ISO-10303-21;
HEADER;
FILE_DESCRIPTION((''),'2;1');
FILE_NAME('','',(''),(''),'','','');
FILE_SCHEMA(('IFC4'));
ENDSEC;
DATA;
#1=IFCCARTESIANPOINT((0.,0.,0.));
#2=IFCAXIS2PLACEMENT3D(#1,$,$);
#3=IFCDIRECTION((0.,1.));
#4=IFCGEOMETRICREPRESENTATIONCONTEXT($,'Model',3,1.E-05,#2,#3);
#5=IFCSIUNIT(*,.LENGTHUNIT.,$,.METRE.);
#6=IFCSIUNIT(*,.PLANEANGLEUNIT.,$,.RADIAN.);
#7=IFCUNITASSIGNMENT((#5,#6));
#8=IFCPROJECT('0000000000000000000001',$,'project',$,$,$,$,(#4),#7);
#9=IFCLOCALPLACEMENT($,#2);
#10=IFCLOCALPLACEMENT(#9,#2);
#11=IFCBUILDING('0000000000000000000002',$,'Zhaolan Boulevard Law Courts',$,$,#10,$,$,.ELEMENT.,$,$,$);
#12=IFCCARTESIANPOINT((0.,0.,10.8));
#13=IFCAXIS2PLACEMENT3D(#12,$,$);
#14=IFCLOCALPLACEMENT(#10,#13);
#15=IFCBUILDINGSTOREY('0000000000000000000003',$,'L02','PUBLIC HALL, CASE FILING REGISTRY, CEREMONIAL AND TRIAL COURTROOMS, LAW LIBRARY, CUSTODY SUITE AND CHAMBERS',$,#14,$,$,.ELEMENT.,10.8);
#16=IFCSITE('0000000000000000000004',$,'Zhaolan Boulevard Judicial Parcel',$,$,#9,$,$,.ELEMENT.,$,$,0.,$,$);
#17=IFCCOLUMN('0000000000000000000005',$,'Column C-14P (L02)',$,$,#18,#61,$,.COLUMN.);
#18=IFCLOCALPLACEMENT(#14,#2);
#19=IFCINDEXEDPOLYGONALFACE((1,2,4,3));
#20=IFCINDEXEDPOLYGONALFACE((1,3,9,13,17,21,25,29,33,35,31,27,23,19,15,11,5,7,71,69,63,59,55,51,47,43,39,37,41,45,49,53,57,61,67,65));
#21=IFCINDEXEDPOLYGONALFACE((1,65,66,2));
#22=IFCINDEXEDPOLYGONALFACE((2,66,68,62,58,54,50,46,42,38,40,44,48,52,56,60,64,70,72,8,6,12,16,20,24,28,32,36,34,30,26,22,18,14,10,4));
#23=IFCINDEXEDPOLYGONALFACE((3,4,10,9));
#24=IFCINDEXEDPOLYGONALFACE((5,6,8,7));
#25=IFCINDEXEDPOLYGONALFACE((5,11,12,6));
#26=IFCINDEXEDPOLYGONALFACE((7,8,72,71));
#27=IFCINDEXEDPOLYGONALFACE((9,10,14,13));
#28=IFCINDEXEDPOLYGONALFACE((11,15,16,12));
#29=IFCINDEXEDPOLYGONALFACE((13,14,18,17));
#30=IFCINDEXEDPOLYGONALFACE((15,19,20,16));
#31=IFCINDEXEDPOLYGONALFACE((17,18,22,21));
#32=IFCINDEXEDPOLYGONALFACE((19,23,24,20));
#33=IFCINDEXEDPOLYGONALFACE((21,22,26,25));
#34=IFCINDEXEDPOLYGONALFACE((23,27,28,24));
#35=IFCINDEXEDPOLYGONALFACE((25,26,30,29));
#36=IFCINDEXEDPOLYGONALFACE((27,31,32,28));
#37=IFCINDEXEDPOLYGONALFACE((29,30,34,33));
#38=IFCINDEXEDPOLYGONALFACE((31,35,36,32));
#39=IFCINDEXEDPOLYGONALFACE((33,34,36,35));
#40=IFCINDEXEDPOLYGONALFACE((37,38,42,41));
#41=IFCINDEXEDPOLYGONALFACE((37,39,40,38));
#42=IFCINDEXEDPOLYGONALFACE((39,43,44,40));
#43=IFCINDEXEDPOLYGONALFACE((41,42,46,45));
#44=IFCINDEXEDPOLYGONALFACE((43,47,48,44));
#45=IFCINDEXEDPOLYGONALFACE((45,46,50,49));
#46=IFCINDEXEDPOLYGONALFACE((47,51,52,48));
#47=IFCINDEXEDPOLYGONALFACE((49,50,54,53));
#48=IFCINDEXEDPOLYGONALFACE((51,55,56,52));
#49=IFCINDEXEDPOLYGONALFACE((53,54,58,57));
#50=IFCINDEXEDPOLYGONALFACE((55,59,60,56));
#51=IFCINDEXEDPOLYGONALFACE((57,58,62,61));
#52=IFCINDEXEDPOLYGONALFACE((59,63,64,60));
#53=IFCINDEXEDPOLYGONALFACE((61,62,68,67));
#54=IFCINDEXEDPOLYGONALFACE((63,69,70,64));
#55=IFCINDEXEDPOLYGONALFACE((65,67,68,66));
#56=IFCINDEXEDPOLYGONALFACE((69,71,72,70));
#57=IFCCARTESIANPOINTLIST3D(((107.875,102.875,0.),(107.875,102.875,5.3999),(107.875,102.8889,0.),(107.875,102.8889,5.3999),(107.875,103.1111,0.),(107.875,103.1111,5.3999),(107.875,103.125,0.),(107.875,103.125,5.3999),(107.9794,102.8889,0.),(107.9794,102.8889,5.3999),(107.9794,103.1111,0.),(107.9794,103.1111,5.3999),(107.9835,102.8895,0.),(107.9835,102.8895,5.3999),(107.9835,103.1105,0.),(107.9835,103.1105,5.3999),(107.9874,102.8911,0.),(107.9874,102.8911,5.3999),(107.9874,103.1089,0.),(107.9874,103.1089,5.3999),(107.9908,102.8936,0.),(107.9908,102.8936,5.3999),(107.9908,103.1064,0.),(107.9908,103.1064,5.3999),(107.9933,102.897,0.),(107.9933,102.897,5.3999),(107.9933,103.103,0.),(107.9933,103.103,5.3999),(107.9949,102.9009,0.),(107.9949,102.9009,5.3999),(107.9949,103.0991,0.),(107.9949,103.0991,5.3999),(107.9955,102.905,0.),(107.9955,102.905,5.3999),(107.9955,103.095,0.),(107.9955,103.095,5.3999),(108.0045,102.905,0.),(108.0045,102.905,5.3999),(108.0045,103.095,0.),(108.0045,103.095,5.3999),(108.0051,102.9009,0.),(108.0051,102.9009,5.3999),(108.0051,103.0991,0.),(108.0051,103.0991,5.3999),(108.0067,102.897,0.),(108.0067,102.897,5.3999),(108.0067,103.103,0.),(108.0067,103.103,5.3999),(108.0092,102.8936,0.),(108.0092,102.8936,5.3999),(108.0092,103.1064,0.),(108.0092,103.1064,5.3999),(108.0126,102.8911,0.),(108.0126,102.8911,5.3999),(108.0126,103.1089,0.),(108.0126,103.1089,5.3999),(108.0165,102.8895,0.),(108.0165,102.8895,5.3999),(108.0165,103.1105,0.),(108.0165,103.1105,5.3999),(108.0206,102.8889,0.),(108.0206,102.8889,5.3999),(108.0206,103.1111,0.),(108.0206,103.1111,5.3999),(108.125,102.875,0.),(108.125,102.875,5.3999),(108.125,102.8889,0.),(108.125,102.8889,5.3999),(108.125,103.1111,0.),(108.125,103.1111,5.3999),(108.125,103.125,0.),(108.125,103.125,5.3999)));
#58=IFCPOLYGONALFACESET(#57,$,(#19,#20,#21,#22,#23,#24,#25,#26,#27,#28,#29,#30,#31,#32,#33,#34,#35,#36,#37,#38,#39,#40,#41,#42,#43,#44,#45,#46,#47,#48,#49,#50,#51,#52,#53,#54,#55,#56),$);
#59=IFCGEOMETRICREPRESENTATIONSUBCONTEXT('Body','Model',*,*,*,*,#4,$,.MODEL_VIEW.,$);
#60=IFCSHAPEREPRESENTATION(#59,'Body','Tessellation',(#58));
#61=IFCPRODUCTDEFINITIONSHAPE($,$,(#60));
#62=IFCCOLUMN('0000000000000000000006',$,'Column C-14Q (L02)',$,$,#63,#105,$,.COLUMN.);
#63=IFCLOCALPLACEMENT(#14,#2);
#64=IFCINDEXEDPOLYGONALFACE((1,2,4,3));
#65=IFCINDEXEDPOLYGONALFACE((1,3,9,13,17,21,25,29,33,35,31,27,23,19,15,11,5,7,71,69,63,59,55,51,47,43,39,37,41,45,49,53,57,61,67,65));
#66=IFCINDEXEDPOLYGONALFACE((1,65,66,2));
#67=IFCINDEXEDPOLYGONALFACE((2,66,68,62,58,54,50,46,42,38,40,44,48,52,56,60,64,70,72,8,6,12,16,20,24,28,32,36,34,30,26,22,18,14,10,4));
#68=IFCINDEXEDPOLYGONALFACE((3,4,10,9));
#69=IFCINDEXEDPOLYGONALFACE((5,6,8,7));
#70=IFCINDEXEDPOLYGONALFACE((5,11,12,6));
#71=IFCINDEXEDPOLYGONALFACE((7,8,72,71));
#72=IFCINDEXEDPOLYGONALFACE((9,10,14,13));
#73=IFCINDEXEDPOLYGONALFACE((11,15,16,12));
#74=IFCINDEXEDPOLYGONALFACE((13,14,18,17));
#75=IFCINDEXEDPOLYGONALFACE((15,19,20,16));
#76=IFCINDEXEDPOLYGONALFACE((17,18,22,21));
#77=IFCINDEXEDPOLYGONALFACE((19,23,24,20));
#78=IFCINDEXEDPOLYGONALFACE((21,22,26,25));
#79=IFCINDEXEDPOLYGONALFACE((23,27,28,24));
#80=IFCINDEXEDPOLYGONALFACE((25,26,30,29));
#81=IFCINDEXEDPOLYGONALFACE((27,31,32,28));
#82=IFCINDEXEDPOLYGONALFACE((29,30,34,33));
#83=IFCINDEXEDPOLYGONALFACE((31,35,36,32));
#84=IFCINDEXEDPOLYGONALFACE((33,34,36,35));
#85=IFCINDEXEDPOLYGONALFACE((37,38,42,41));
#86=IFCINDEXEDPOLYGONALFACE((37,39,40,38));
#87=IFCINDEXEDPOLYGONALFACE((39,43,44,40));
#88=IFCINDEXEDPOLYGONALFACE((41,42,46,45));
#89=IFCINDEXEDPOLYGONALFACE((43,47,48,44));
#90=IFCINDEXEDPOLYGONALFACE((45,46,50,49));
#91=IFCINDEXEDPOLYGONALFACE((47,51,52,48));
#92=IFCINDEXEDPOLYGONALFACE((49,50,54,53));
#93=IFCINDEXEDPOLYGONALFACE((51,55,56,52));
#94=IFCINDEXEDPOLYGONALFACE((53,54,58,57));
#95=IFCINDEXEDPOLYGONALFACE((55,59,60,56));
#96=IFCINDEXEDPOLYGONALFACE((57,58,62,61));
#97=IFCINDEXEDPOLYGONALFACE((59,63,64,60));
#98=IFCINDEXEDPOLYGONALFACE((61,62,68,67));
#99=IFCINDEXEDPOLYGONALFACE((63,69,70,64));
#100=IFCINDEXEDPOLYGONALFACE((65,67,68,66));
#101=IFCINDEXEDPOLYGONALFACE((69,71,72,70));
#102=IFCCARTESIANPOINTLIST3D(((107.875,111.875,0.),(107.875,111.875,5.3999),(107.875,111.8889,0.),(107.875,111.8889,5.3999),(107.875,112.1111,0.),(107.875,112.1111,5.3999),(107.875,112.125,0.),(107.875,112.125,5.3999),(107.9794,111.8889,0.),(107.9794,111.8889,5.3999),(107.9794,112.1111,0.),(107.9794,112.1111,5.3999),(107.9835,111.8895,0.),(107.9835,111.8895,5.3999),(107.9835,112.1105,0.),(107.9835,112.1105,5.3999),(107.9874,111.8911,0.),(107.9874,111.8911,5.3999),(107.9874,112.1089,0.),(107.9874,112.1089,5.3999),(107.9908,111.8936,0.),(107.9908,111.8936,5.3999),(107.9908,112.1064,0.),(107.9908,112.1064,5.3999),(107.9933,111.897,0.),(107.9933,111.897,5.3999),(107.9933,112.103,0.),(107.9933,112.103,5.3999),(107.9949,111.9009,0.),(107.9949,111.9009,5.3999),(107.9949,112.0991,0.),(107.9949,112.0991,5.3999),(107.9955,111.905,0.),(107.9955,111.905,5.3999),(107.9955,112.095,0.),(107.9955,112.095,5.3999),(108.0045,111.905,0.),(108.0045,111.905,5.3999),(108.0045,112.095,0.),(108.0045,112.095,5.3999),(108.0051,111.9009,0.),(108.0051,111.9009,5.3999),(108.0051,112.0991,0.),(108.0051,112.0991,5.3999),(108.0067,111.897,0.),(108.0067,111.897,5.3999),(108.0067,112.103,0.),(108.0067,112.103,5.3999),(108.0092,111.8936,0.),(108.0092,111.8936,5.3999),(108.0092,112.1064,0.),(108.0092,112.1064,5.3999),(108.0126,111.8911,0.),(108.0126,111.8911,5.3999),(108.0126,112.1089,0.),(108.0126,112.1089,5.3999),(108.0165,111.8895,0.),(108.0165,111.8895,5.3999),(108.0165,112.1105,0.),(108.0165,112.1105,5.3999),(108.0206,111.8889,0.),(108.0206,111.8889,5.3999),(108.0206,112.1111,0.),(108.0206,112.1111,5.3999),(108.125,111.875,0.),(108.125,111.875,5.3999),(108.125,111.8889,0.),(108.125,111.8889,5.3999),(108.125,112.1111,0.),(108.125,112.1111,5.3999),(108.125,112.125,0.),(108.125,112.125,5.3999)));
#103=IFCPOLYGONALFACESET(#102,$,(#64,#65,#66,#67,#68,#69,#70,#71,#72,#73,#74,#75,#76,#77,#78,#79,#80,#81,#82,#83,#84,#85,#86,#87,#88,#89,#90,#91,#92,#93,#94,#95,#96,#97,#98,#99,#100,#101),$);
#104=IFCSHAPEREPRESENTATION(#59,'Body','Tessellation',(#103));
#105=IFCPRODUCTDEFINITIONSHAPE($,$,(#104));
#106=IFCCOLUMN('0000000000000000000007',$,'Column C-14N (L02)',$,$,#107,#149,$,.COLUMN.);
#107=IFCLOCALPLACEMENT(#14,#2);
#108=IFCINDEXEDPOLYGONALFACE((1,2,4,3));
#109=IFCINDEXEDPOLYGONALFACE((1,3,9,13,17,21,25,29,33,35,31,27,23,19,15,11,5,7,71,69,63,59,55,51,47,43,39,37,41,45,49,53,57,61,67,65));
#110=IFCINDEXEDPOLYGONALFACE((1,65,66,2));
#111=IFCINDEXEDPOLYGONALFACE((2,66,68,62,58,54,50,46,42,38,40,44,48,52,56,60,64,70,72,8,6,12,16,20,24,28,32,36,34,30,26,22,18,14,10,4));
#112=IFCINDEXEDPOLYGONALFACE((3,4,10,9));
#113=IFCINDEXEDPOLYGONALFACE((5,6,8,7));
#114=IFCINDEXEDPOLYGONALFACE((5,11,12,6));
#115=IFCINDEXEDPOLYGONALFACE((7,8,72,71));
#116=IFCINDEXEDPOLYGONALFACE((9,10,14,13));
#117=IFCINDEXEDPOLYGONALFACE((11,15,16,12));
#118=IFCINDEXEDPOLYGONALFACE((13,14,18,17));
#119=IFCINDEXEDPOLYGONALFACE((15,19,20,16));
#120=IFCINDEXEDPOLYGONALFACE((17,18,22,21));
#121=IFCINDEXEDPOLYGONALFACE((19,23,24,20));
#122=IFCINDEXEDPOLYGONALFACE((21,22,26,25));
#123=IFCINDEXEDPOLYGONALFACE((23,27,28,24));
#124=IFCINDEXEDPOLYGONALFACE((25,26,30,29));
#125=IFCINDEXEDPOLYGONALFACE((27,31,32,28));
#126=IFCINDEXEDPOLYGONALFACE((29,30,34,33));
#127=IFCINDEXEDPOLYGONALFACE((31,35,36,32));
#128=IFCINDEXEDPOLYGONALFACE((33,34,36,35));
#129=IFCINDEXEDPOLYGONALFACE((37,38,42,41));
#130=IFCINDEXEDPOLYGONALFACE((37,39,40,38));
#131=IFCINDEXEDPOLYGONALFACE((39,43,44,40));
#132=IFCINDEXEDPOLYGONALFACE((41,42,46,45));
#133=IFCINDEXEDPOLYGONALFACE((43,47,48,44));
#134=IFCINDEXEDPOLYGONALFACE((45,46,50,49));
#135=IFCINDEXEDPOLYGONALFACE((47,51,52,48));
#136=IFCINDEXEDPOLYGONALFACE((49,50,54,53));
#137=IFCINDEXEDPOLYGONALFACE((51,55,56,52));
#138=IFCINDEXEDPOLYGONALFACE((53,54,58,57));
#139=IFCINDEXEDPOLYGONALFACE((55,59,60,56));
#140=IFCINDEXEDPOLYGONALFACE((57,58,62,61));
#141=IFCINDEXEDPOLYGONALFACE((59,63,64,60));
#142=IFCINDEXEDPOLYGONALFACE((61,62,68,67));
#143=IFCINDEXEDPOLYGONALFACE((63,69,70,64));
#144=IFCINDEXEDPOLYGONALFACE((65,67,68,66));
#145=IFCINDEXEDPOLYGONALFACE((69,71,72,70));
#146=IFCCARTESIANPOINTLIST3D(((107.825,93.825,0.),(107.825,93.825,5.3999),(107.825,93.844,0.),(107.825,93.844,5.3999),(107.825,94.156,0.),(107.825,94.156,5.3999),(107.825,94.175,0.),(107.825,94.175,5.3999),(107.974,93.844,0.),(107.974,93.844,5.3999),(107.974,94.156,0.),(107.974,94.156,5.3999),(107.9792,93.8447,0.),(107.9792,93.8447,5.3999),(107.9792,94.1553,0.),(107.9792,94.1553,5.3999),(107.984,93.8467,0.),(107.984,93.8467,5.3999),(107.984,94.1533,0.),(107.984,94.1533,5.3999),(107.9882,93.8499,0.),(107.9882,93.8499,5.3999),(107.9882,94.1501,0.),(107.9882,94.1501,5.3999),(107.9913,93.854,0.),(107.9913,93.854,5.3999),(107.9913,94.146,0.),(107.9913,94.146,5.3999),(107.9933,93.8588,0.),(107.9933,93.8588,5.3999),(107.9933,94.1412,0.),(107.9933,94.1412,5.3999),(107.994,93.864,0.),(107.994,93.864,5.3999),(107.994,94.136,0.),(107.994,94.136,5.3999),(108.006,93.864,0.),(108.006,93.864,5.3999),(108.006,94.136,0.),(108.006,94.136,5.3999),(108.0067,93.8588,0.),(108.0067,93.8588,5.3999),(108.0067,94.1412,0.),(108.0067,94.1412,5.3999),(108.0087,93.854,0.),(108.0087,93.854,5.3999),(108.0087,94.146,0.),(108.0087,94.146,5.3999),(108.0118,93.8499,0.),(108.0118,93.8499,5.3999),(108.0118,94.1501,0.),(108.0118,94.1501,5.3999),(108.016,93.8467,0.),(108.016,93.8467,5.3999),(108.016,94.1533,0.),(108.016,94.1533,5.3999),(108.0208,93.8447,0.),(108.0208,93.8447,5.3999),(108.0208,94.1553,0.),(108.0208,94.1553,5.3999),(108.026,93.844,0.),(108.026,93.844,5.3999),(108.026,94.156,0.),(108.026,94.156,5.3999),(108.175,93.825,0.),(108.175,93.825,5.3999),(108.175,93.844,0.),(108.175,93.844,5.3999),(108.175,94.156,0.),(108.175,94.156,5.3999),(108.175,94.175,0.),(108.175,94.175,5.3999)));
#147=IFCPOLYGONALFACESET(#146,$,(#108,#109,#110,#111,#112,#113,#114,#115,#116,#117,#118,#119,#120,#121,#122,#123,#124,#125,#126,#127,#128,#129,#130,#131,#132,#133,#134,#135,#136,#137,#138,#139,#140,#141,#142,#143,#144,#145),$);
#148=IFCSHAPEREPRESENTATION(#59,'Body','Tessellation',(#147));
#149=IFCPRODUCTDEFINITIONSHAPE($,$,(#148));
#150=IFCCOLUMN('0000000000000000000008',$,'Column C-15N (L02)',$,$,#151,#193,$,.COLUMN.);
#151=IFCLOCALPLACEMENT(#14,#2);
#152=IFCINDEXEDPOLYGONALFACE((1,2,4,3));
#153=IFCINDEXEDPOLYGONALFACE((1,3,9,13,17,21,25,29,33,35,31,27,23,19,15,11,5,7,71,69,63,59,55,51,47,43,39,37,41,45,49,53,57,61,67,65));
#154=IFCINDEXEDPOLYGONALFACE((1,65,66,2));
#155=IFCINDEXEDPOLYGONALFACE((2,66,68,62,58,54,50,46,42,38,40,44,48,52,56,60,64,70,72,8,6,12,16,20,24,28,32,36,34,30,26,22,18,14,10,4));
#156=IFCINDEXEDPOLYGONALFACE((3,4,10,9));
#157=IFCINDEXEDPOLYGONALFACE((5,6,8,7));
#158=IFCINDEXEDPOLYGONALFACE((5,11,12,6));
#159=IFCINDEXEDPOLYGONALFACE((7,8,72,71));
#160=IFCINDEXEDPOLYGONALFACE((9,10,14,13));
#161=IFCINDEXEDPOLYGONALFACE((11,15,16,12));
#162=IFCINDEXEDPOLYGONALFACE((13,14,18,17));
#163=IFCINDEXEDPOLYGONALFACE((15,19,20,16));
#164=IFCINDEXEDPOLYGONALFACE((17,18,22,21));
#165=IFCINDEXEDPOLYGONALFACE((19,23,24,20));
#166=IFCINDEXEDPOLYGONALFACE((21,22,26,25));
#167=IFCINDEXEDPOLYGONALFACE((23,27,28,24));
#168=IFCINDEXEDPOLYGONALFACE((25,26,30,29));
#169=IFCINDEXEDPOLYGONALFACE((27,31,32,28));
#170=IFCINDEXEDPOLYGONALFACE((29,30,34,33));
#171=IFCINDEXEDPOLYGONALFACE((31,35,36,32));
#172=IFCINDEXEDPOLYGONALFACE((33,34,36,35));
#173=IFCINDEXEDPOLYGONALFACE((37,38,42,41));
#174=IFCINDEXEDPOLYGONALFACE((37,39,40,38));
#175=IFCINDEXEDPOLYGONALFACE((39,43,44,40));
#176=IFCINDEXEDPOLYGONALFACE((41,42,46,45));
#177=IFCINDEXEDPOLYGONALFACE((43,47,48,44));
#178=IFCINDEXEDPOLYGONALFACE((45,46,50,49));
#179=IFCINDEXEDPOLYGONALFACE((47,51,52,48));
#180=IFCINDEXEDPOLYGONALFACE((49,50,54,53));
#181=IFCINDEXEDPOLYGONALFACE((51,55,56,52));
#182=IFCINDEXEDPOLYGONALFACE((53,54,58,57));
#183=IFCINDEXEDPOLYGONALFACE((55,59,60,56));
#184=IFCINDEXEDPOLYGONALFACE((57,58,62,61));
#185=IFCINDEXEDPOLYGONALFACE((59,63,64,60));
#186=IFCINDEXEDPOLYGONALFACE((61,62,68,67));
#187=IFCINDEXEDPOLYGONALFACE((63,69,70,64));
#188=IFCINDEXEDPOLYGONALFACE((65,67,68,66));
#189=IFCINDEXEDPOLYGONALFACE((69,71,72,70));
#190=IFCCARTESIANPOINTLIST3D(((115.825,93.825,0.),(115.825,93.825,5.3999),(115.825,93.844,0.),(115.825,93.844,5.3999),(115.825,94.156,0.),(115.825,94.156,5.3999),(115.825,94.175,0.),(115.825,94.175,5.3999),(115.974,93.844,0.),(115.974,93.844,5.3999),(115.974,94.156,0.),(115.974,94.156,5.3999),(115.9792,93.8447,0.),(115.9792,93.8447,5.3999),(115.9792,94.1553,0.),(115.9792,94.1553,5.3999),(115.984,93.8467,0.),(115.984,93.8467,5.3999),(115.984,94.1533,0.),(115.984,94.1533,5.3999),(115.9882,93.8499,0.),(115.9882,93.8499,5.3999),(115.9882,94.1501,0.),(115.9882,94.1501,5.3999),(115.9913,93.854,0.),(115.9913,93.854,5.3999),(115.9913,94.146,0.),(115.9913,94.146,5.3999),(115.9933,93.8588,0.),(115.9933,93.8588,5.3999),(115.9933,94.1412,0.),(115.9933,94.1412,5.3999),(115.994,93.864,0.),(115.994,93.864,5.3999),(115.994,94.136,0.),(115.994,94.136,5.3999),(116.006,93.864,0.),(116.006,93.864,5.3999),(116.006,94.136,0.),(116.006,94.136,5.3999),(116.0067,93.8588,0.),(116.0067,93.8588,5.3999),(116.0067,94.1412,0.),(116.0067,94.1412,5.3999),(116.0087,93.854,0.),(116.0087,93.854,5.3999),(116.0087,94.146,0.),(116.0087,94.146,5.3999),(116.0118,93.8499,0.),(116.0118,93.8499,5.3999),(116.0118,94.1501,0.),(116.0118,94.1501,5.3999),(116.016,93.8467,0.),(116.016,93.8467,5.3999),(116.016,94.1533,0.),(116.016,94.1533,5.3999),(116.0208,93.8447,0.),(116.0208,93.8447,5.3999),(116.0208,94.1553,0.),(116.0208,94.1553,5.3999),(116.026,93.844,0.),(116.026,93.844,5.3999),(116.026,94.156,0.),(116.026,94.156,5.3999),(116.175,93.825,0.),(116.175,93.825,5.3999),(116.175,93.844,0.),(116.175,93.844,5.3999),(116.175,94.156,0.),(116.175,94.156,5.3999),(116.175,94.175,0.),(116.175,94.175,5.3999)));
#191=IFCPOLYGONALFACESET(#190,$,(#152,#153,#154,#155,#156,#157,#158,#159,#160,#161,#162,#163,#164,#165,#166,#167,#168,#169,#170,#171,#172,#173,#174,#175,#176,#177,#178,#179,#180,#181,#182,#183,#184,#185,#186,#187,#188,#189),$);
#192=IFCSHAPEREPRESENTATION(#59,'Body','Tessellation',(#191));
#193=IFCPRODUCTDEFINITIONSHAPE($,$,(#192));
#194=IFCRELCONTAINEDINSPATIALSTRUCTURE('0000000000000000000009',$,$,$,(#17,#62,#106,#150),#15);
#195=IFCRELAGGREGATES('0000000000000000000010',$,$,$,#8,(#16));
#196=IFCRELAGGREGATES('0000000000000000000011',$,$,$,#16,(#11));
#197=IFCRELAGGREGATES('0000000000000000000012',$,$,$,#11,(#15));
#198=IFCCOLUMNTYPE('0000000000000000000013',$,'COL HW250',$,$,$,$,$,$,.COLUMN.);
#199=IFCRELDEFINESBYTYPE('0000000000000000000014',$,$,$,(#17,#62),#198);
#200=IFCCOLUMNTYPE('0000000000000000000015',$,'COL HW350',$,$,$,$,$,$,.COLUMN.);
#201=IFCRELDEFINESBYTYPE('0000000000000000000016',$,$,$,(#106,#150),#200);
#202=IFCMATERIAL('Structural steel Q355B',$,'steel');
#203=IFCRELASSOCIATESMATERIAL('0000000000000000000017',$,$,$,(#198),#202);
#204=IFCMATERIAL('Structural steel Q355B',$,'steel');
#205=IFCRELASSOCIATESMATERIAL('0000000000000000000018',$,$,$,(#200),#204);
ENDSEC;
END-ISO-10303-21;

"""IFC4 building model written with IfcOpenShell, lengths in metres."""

from ifc_helpers import new_model, si_unit, direction, frame, origin, origin_2d, place, context, subcontext, project, spatial, i_section, extrude, material, material_profile, profile_set, type_object, element, save


model = new_model("IFC4")

# Units and contexts
model_context = context("Model", 3, precision=1e-05, world=origin(), true_north=direction((0.0, 1.0)))
body_context = subcontext(model_context, "Body", "Model", "MODEL_VIEW")
ifc_project = project(units=[si_unit("LENGTHUNIT", "METRE"), si_unit("PLANEANGLEUNIT", "RADIAN")], contexts=[model_context])

# Site, building, storey
site_placement = place(None, origin())
site = spatial("IfcSite", under=ifc_project, at=site_placement, Name="Zhaolan Boulevard Judicial Parcel", CompositionType="ELEMENT", RefElevation=0.0)
building_placement = place(site_placement, origin())
building = spatial("IfcBuilding", under=site, at=building_placement, Name="Zhaolan Boulevard Law Courts", CompositionType="ELEMENT")
storey_placement = place(building_placement, frame((0.0, 0.0, 10.8)))
storey = spatial("IfcBuildingStorey", under=building, at=storey_placement, Name="L02", Description="PUBLIC HALL, CASE FILING REGISTRY, CEREMONIAL AND TRIAL COURTROOMS, LAW LIBRARY, CUSTODY SUITE AND CHAMBERS", CompositionType="ELEMENT", Elevation=10.8)

# Columns
ifc_material_1 = material(Name="Structural steel Q355B", Category="steel")
ifc_material_profile_1 = material_profile(ifc_material_1, i_section(OverallWidth=0.25, OverallDepth=0.25, WebThickness=0.009, FlangeThickness=0.0139, FilletRadius=0.0161, at=origin_2d()), Name="HW250x250")
ifc_profile_set_1 = profile_set([ifc_material_profile_1], Name="Structural steel Q355B")
column_type_1 = type_object("IfcColumnType", Name="COL HW250", PredefinedType="COLUMN", material=ifc_profile_set_1)
for number, where, z_axis, x_axis, name in (
    (1, (108.0, 103.0, 0.0), (0.0, 0.0, 1.0), (1.0, 0.0, 0.0), "Column C-14P (L02)"),
    (2, (108.0, 112.0, 0.0), (0.0, 0.0, 1.0), (1.0, 0.0, 0.0), "Column C-14Q (L02)"),
):
    element("IfcColumn", number, at=place(storey_placement, frame(where, z_axis=z_axis, x_axis=x_axis)), inside=storey, type_object=column_type_1, Name=name, PredefinedType="COLUMN", context=body_context, shape_type="SweptSolid", body=[
        extrude(i_section(OverallWidth=0.25, OverallDepth=0.25, WebThickness=0.009, FlangeThickness=0.0139, FilletRadius=0.0161, at=origin_2d()), origin(), (0.0, 0.0, 1.0), 5.3999),
    ])
ifc_material_2 = material(Name="Structural steel Q355B", Category="steel")
ifc_material_profile_2 = material_profile(ifc_material_2, i_section(OverallWidth=0.3501, OverallDepth=0.3501, WebThickness=0.012, FlangeThickness=0.019, FilletRadius=0.02, at=origin_2d()), Name="HW350x350")
ifc_profile_set_2 = profile_set([ifc_material_profile_2], Name="Structural steel Q355B")
column_type_2 = type_object("IfcColumnType", Name="COL HW350", PredefinedType="COLUMN", material=ifc_profile_set_2)
for number, where, z_axis, x_axis, name in (
    (3, (108.0, 94.0, 0.0), (0.0, 0.0, 1.0), (1.0, 0.0, 0.0), "Column C-14N (L02)"),
    (4, (116.0, 94.0, 0.0), (0.0, 0.0, 1.0), (1.0, 0.0, 0.0), "Column C-15N (L02)"),
):
    element("IfcColumn", number, at=place(storey_placement, frame(where, z_axis=z_axis, x_axis=x_axis)), inside=storey, type_object=column_type_2, Name=name, PredefinedType="COLUMN", context=body_context, shape_type="SweptSolid", body=[
        extrude(i_section(OverallWidth=0.3501, OverallDepth=0.3501, WebThickness=0.012, FlangeThickness=0.019, FilletRadius=0.02, at=origin_2d()), origin(), (0.0, 0.0, 1.0), 5.3999),
    ])

save(model, "model.ifc")
